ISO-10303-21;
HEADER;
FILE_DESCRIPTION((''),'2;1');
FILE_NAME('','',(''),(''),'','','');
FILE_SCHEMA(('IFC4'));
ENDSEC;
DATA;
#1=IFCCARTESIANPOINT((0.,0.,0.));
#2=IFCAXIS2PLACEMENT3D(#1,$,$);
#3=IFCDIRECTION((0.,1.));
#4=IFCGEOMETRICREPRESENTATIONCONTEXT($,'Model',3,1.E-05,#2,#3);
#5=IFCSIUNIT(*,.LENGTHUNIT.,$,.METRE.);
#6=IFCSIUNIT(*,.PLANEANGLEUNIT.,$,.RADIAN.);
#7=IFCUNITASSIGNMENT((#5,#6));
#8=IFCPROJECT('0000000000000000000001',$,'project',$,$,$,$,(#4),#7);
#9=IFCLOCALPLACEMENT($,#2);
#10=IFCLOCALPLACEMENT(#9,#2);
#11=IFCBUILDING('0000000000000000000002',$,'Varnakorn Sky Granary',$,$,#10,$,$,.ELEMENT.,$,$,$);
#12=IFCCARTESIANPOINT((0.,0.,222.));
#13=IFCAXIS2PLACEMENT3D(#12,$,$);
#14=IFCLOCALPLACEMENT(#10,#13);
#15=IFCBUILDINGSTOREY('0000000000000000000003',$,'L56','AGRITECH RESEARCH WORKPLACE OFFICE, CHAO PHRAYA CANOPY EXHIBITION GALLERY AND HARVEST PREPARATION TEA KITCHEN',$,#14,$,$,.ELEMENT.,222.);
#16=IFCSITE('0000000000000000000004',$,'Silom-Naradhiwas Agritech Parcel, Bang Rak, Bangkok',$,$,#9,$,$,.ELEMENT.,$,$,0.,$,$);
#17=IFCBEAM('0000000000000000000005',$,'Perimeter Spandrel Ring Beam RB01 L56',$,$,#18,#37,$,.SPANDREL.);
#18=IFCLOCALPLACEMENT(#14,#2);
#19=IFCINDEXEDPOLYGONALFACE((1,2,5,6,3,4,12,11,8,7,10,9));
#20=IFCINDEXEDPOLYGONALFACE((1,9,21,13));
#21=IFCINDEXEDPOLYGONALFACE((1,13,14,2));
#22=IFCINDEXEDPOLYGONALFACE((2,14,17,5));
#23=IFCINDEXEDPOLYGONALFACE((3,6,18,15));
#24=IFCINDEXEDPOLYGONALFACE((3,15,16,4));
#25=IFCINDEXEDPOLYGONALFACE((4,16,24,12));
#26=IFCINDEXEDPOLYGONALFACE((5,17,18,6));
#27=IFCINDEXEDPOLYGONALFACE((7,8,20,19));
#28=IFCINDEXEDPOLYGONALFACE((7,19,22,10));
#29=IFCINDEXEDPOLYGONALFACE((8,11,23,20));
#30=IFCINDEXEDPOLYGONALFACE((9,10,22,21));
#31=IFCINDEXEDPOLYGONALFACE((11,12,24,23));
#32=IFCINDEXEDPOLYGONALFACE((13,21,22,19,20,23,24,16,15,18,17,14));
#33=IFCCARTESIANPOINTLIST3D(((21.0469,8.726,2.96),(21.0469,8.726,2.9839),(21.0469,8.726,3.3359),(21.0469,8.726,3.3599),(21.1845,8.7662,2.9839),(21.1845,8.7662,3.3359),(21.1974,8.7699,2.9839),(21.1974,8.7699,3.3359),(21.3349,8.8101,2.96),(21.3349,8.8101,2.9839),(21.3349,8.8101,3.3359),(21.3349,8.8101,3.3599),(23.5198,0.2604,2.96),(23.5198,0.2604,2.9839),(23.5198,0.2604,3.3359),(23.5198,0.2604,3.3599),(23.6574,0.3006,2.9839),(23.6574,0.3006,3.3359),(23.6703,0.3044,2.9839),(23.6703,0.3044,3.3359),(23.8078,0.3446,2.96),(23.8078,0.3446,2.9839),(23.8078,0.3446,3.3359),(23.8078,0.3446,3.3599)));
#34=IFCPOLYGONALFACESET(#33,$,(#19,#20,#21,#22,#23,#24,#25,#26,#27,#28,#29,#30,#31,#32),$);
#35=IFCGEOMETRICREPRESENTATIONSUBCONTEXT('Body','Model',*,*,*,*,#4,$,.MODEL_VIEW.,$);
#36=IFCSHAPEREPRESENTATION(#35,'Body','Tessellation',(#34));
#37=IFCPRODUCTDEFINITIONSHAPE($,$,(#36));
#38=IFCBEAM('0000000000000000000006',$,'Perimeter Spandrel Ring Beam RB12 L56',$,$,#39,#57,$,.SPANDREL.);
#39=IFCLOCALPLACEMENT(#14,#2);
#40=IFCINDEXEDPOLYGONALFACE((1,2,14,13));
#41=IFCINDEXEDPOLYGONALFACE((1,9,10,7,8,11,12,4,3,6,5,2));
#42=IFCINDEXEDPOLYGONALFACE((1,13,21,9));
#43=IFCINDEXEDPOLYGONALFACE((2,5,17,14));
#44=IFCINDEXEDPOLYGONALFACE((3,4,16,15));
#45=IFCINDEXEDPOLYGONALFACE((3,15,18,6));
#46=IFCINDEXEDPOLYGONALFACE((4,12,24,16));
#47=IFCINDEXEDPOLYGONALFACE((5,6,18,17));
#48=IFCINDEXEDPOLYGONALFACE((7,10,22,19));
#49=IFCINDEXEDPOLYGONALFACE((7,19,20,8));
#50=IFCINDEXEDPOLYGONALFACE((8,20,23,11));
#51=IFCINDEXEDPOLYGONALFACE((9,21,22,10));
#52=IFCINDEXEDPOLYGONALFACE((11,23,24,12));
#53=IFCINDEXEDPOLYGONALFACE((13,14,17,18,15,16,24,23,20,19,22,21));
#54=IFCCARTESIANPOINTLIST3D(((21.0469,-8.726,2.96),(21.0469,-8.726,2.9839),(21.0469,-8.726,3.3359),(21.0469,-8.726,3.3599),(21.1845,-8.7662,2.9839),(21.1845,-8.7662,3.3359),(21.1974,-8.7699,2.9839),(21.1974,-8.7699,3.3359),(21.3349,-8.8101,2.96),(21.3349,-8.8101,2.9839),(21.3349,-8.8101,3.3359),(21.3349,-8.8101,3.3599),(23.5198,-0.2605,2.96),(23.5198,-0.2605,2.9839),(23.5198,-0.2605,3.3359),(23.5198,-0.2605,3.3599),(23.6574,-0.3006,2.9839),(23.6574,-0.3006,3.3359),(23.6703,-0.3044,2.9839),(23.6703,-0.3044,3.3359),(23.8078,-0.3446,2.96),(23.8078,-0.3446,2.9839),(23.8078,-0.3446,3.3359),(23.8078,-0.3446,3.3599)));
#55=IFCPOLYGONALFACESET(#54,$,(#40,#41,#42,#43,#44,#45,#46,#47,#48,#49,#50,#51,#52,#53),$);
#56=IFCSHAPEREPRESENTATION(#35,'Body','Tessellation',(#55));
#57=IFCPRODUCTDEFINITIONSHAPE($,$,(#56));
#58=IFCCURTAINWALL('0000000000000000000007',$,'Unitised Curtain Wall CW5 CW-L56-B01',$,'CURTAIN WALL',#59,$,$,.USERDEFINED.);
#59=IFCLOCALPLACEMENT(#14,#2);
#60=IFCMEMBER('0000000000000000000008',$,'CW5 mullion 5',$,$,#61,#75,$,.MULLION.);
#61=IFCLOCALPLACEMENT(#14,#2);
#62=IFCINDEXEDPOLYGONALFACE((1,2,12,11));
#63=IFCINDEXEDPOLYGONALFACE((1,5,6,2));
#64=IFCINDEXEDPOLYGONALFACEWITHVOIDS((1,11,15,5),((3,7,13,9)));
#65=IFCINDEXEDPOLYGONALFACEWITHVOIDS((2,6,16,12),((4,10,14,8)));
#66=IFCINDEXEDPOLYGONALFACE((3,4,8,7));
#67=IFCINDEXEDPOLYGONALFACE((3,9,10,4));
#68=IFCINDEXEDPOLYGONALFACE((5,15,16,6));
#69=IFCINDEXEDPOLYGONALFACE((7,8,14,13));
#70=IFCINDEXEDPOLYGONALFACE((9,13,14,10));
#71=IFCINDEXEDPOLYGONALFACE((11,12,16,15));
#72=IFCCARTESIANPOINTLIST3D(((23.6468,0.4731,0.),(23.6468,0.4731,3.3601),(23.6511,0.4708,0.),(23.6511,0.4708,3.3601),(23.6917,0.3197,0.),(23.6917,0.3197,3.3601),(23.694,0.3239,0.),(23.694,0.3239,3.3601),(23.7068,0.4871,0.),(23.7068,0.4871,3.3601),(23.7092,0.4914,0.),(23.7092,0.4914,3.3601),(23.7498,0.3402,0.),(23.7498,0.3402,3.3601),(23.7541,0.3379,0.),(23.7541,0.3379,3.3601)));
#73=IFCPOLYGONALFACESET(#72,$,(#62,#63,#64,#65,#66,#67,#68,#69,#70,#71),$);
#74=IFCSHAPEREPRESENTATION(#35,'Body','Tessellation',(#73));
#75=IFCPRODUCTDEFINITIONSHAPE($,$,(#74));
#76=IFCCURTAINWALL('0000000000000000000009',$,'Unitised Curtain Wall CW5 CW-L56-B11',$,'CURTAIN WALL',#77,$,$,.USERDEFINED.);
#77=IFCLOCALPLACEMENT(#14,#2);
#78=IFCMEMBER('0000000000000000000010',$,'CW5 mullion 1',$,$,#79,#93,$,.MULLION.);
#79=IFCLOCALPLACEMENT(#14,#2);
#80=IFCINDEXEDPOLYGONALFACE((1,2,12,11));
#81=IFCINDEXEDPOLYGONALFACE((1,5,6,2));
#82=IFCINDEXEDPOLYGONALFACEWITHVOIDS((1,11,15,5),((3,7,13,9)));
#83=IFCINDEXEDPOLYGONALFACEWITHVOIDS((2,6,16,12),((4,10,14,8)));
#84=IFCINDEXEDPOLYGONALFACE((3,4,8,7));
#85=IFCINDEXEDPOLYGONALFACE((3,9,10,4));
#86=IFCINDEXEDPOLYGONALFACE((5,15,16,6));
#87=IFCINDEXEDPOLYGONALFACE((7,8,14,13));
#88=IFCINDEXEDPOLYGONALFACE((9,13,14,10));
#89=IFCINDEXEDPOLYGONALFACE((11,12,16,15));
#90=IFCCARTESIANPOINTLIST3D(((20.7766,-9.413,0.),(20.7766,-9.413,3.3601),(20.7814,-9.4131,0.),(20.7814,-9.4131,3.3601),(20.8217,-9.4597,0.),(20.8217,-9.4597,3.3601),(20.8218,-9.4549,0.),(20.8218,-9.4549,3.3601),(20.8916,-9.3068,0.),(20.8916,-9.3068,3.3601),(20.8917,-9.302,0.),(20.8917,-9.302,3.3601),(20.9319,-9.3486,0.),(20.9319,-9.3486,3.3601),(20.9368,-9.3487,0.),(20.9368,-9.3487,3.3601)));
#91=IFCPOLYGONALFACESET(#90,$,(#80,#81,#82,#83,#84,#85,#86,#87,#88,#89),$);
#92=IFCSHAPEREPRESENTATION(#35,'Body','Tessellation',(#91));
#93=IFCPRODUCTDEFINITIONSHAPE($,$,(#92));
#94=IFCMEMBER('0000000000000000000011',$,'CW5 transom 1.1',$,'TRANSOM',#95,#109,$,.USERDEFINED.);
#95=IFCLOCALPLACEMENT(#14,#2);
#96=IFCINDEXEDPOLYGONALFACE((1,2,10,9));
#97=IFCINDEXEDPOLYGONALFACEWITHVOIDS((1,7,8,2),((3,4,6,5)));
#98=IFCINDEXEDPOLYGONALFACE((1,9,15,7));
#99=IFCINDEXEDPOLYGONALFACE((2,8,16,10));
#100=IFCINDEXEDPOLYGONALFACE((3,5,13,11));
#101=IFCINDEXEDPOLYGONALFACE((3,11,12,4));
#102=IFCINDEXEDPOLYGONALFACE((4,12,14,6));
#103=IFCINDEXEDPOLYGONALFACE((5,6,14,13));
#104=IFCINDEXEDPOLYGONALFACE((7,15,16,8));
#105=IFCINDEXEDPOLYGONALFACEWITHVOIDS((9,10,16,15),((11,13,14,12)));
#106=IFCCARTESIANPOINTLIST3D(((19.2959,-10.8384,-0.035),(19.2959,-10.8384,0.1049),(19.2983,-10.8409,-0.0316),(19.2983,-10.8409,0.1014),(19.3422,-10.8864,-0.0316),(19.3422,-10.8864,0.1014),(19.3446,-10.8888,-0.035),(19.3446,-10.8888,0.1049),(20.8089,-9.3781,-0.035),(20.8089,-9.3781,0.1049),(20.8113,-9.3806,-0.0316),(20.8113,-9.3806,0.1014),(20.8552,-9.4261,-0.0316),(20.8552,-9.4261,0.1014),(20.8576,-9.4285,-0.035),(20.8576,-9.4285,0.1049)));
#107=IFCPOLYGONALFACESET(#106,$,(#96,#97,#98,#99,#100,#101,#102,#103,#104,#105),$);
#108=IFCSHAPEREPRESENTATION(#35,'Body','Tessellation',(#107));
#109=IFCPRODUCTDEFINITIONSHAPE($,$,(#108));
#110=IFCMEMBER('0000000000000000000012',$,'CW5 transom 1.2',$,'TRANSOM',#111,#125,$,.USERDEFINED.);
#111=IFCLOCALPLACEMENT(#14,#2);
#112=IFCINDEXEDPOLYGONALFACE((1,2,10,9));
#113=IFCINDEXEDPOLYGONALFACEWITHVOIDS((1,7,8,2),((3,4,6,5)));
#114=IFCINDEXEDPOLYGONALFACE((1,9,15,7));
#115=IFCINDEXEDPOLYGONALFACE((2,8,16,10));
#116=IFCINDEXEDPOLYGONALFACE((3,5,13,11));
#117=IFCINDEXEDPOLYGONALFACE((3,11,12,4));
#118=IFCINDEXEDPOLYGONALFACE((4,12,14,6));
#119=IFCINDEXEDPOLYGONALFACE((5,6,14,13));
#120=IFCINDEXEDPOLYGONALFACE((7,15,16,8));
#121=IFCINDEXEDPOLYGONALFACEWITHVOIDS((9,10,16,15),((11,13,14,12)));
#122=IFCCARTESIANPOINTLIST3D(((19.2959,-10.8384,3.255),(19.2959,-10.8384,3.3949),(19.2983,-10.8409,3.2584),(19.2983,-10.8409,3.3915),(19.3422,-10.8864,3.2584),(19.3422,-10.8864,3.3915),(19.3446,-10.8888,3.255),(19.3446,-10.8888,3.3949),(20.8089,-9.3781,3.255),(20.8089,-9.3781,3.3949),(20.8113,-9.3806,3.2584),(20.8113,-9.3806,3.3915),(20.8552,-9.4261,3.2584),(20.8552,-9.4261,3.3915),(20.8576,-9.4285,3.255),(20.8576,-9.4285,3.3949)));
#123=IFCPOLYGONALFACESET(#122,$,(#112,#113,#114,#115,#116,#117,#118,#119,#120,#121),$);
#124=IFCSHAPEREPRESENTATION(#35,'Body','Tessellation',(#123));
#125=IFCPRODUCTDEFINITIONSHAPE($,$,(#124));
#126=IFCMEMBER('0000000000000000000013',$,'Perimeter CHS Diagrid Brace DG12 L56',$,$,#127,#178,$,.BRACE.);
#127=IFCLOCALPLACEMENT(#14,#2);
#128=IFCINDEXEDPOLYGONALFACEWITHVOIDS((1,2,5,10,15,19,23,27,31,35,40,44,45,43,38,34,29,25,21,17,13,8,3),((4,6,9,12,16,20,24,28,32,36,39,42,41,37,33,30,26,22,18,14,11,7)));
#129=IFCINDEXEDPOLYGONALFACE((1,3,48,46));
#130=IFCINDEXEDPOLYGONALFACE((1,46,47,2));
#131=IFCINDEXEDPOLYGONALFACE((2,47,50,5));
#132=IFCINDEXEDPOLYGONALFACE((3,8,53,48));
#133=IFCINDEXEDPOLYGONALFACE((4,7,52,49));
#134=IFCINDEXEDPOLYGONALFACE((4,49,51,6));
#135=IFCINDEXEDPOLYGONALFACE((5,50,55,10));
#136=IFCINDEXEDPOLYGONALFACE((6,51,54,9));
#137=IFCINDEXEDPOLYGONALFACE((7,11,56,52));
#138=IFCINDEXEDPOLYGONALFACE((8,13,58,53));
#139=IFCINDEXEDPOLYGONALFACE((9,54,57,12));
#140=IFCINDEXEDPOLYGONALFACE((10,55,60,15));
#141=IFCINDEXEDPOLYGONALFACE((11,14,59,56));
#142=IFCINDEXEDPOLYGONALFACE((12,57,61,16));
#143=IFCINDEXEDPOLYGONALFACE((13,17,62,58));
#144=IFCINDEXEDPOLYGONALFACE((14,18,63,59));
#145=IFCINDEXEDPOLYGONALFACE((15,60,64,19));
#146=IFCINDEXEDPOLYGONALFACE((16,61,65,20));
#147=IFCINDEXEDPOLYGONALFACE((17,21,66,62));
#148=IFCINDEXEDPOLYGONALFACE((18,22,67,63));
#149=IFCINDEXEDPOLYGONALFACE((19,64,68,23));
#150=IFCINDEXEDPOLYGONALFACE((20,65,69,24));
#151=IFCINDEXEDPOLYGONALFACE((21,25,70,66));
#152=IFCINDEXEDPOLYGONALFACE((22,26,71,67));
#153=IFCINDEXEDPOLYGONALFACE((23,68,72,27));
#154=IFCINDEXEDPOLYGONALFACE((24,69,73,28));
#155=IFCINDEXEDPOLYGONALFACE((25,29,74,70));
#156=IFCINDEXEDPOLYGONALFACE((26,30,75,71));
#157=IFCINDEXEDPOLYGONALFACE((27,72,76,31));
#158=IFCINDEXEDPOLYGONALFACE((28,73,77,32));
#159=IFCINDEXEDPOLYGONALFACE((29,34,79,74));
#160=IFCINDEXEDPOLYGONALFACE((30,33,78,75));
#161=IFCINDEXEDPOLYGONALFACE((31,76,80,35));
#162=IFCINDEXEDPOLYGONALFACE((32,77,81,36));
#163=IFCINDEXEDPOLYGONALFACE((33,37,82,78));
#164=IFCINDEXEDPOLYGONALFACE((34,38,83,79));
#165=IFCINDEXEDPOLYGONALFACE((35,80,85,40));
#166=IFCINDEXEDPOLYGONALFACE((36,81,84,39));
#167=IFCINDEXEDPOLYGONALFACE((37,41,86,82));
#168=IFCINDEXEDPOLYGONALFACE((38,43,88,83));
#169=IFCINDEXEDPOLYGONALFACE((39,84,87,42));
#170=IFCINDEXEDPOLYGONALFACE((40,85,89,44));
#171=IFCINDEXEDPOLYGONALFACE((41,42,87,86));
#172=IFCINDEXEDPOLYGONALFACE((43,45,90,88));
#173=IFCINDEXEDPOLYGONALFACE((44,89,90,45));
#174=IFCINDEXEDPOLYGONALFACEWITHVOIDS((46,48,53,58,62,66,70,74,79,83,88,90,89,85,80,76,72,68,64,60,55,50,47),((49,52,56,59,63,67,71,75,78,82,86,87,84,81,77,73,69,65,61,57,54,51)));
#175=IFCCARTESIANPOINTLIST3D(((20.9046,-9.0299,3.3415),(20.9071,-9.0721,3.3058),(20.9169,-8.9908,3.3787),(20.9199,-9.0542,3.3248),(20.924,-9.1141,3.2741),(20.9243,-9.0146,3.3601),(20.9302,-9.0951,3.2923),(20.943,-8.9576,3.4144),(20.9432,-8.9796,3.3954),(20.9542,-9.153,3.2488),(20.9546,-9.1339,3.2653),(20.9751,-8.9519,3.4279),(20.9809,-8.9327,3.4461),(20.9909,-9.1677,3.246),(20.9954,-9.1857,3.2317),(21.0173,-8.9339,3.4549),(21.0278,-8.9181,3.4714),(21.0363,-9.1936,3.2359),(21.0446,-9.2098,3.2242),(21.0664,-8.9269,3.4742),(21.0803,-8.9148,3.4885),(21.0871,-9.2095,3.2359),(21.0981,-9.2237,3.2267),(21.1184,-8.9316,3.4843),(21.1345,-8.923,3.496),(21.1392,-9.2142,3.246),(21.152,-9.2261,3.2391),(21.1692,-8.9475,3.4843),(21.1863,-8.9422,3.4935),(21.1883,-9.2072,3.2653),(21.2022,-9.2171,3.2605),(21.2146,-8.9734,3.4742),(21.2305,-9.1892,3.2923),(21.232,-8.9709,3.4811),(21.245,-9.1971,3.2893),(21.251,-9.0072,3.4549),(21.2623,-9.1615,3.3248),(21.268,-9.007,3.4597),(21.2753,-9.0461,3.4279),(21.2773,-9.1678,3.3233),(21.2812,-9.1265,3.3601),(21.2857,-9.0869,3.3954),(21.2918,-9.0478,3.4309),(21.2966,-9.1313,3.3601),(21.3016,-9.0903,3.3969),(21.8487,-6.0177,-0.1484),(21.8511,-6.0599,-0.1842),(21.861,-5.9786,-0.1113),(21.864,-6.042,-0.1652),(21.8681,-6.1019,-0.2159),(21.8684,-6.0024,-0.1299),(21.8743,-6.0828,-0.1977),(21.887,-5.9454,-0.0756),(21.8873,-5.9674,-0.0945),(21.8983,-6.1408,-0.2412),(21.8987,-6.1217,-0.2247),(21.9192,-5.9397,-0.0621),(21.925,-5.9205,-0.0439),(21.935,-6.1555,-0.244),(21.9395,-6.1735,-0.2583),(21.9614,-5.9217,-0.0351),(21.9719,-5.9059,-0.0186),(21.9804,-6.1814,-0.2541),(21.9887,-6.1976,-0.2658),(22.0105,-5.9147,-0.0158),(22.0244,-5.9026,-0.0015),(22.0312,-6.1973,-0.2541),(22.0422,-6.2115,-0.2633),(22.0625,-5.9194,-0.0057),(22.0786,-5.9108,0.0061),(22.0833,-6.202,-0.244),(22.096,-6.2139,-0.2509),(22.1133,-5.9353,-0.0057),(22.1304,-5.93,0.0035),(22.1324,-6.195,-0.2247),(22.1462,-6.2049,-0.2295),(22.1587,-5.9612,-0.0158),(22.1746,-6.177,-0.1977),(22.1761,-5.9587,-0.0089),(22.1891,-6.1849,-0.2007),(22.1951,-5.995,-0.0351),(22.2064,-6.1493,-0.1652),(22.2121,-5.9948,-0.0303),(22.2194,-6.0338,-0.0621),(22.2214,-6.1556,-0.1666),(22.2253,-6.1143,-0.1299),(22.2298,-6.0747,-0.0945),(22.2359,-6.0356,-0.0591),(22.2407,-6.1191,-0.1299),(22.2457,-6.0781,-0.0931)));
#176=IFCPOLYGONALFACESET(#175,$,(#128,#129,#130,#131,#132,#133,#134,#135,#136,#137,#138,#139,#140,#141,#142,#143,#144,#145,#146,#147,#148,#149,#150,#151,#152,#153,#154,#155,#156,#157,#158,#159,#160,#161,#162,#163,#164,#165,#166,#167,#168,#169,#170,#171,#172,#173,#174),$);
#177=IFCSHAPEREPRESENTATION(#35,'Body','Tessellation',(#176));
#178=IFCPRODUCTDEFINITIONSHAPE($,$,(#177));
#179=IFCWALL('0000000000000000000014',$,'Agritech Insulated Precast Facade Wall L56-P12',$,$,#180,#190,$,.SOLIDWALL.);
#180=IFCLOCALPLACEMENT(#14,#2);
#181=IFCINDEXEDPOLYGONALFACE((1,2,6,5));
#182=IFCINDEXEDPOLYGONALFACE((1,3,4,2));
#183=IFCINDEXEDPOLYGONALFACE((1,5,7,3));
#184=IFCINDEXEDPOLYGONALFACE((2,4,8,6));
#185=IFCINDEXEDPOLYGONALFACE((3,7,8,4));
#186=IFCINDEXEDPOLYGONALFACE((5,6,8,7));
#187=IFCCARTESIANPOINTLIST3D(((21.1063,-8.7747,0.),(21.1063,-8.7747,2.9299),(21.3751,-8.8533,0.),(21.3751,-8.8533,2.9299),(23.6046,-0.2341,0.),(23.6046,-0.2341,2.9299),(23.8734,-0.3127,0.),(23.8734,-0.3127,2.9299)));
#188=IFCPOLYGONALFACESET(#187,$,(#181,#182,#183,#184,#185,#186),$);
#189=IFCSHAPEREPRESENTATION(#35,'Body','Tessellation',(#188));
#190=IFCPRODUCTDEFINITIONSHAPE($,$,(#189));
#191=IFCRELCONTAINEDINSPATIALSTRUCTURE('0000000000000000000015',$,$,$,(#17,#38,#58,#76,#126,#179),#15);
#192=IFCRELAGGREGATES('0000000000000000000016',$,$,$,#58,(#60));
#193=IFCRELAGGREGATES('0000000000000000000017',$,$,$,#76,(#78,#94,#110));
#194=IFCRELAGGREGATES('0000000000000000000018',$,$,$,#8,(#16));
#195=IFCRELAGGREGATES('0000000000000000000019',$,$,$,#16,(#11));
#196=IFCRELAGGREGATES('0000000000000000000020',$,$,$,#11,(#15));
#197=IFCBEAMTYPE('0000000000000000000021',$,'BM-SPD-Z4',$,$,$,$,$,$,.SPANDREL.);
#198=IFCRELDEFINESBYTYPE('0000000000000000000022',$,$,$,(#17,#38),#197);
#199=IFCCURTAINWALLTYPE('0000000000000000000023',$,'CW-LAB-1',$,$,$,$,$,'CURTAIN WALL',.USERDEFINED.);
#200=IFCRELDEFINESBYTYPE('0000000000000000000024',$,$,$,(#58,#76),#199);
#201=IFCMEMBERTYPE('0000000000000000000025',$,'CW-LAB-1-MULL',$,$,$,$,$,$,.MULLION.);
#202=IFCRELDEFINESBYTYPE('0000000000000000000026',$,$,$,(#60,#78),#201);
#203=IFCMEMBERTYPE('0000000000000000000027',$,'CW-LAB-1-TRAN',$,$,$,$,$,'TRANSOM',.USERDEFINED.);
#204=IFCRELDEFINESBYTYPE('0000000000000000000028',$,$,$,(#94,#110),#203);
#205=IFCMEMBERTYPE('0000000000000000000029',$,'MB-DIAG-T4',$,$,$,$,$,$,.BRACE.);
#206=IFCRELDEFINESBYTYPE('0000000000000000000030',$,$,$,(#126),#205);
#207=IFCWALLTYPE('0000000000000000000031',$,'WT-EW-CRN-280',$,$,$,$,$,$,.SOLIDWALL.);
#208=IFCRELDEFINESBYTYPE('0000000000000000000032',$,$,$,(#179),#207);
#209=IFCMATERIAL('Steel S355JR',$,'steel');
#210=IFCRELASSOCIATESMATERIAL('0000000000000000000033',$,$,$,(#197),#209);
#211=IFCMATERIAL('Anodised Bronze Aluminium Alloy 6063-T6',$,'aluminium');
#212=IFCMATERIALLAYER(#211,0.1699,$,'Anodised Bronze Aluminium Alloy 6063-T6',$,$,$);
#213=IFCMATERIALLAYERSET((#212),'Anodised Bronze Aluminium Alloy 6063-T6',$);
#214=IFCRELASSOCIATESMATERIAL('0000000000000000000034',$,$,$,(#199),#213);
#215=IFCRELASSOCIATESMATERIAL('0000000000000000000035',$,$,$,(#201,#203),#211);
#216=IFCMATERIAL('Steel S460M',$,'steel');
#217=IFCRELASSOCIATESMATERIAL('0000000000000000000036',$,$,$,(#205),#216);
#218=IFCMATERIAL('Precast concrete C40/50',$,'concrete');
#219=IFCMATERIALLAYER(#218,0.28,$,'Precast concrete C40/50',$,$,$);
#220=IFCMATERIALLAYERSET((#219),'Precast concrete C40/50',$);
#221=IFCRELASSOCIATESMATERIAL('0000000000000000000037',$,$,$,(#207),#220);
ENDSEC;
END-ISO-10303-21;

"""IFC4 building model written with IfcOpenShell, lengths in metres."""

from ifc_helpers import new_model, si_unit, direction, frame, frame_2d, origin, origin_2d, place, context, subcontext, project, spatial, rectangle, hollow_rectangle, hollow_circle, i_section, extrude, material, layer, layer_set, material_profile, profile_set, type_object, element, aggregate, save


model = new_model("IFC4")

# Units and contexts
model_context = context("Model", 3, precision=1e-05, world=origin(), true_north=direction((0.0, 1.0)))
body_context = subcontext(model_context, "Body", "Model", "MODEL_VIEW")
ifc_project = project(units=[si_unit("LENGTHUNIT", "METRE"), si_unit("PLANEANGLEUNIT", "RADIAN")], contexts=[model_context])

# Site, building, storey
site_placement = place(None, origin())
site = spatial("IfcSite", under=ifc_project, at=site_placement, Name="Silom-Naradhiwas Agritech Parcel, Bang Rak, Bangkok", CompositionType="ELEMENT", RefElevation=0.0)
building_placement = place(site_placement, origin())
building = spatial("IfcBuilding", under=site, at=building_placement, Name="Varnakorn Sky Granary", CompositionType="ELEMENT")
storey_placement = place(building_placement, frame((0.0, 0.0, 222.0)))
storey = spatial("IfcBuildingStorey", under=building, at=storey_placement, Name="L56", Description="AGRITECH RESEARCH WORKPLACE OFFICE, CHAO PHRAYA CANOPY EXHIBITION GALLERY AND HARVEST PREPARATION TEA KITCHEN", CompositionType="ELEMENT", Elevation=222.0)

# Shared definitions
ifc_material_1 = material(Name="Steel S460M", Category="steel")

# Beams
ifc_material_2 = material(Name="Steel S355JR", Category="steel")
ifc_material_profile_1 = material_profile(ifc_material_2, i_section(OverallWidth=0.3, OverallDepth=0.3999, WebThickness=0.0134, FlangeThickness=0.0239, at=origin_2d()), Name="HE 400 B")
ifc_profile_set_1 = profile_set([ifc_material_profile_1], Name="Steel S355JR")
beam_type_1 = type_object("IfcBeamType", Name="BM-SPD-Z4", PredefinedType="SPANDREL", material=ifc_profile_set_1)
for number, where, z_axis, x_axis, name in (
    (1, (23.6638, 0.3025, 3.1599), (-0.280394, 0.959885, 0.0), (-0.959885, -0.280394, 0.0), "Perimeter Spandrel Ring Beam RB01 L56"),
    (2, (21.1909, -8.7681, 3.1599), (0.280394, 0.959885, 0.0), (-0.959885, 0.280394, 0.0), "Perimeter Spandrel Ring Beam RB12 L56"),
):
    element("IfcBeam", number, at=place(storey_placement, frame(where, z_axis=z_axis, x_axis=x_axis)), inside=storey, type_object=beam_type_1, Name=name, PredefinedType="SPANDREL", context=body_context, shape_type="SweptSolid", body=[
        extrude(i_section(OverallWidth=0.3, OverallDepth=0.3999, WebThickness=0.0134, FlangeThickness=0.0239, at=origin_2d()), origin(), (0.0, 0.0, 1.0), 8.8193),
    ])

# Curtain wall, member
ifc_material_3 = material(Name="Anodised Bronze Aluminium Alloy 6063-T6", Category="aluminium")
ifc_layer_1 = layer(ifc_material_3, 0.1699, Name="Anodised Bronze Aluminium Alloy 6063-T6")
ifc_layer_set_1 = layer_set([ifc_layer_1], Name="Anodised Bronze Aluminium Alloy 6063-T6")
curtain_wall_type = type_object("IfcCurtainWallType", Name="CW-LAB-1", ElementType="CURTAIN WALL", PredefinedType="USERDEFINED", material=ifc_layer_set_1)
curtain_wall_1_placement = place(storey_placement, origin())
curtain_wall_1 = element("IfcCurtainWall", 3, at=curtain_wall_1_placement, inside=storey, type_object=curtain_wall_type, Name="Unitised Curtain Wall CW5 CW-L56-B01", ObjectType="CURTAIN WALL", PredefinedType="USERDEFINED")
ifc_material_profile_2 = material_profile(ifc_material_3, hollow_rectangle(XDim=0.0649, YDim=0.1599, WallThickness=0.0034, at=origin_2d()), Name="ALU MULL 65x160")
ifc_profile_set_2 = profile_set([ifc_material_profile_2], Name="Anodised Bronze Aluminium Alloy 6063-T6")
member_type_1 = type_object("IfcMemberType", Name="CW-LAB-1-MULL", PredefinedType="MULLION", material=ifc_profile_set_2)
member_1_placement = place(storey_placement, frame((23.7004, 0.4055, 0.0), z_axis=(0.0, 0.0, 1.0), x_axis=(0.959779, 0.280755, 0.0)))
member_1 = element("IfcMember", 4, at=member_1_placement, type_object=member_type_1, Name="CW5 mullion 5", PredefinedType="MULLION", context=body_context, shape_type="SweptSolid", body=[
    extrude(hollow_rectangle(XDim=0.0649, YDim=0.1599, WallThickness=0.0034, at=origin_2d()), origin(), (0.0, 0.0, 1.0), 3.3601),
])
aggregate(curtain_wall_1, [member_1])

# Curtain wall, members
curtain_wall_2_placement = place(storey_placement, origin())
curtain_wall_2 = element("IfcCurtainWall", 5, at=curtain_wall_2_placement, inside=storey, type_object=curtain_wall_type, Name="Unitised Curtain Wall CW5 CW-L56-B11", ObjectType="CURTAIN WALL", PredefinedType="USERDEFINED")
member_2_placement = place(storey_placement, frame((20.8567, -9.3809, 0.0), z_axis=(0.0, 0.0, 1.0), x_axis=(0.694404, -0.719585, 0.0)))
member_2 = element("IfcMember", 6, at=member_2_placement, type_object=member_type_1, Name="CW5 mullion 1", PredefinedType="MULLION", context=body_context, shape_type="SweptSolid", body=[
    extrude(hollow_rectangle(XDim=0.0649, YDim=0.1599, WallThickness=0.0034, at=origin_2d()), origin(), (0.0, 0.0, 1.0), 3.3601),
])
ifc_material_profile_3 = material_profile(ifc_material_3, hollow_rectangle(XDim=0.0701, YDim=0.1399, WallThickness=0.0034, at=origin_2d()), Name="ALU TRAN 70x140")
ifc_profile_set_3 = profile_set([ifc_material_profile_3], Name="Anodised Bronze Aluminium Alloy 6063-T6")
member_type_2 = type_object("IfcMemberType", Name="CW-LAB-1-TRAN", ElementType="TRANSOM", PredefinedType="USERDEFINED", material=ifc_profile_set_3)
member_3_placement = place(storey_placement, frame((20.8333, -9.4033, 0.0349), z_axis=(-0.719535, -0.694456, 0.0), x_axis=(0.694456, -0.719535, 0.0)))
member_3 = element("IfcMember", 7, at=member_3_placement, type_object=member_type_2, Name="CW5 transom 1.1", ObjectType="TRANSOM", PredefinedType="USERDEFINED", context=body_context, shape_type="SweptSolid", body=[
    extrude(hollow_rectangle(XDim=0.0701, YDim=0.1399, WallThickness=0.0034, at=origin_2d()), origin(), (0.0, 0.0, 1.0), 2.1028),
])
member_4_placement = place(storey_placement, frame((20.8333, -9.4033, 3.325), z_axis=(-0.719535, -0.694456, 0.0), x_axis=(0.694456, -0.719535, 0.0)))
member_4 = element("IfcMember", 8, at=member_4_placement, type_object=member_type_2, Name="CW5 transom 1.2", ObjectType="TRANSOM", PredefinedType="USERDEFINED", context=body_context, shape_type="SweptSolid", body=[
    extrude(hollow_rectangle(XDim=0.0701, YDim=0.1399, WallThickness=0.0034, at=origin_2d()), origin(), (0.0, 0.0, 1.0), 2.1028),
])
aggregate(curtain_wall_2, [member_2, member_3, member_4])

# Member
ifc_material_profile_4 = material_profile(ifc_material_1, hollow_circle(Radius=0.2031, WallThickness=0.0161, at=origin_2d()), Name="CHS 406.4x16")
ifc_profile_set_4 = profile_set([ifc_material_profile_4], Name="Steel S460M")
member_type_3 = type_object("IfcMemberType", Name="MB-DIAG-T4", PredefinedType="BRACE", material=ifc_profile_set_4)
member_5_placement = place(storey_placement, frame((22.0469, -6.0583, -0.1299), z_axis=(-0.200622, -0.640103, 0.741633), x_axis=(0.954229, -0.299076, 0.0)))
element("IfcMember", 9, at=member_5_placement, inside=storey, type_object=member_type_3, Name="Perimeter CHS Diagrid Brace DG12 L56", PredefinedType="BRACE", context=body_context, shape_type="SweptSolid", body=[
    extrude(hollow_circle(Radius=0.2031, WallThickness=0.0161, at=origin_2d()), origin(), (0.0, 0.0, 1.0), 4.7058),
])

# Wall
ifc_material_4 = material(Name="Precast concrete C40/50", Category="concrete")
ifc_layer_2 = layer(ifc_material_4, 0.28, Name="Precast concrete C40/50")
ifc_layer_set_2 = layer_set([ifc_layer_2], Name="Precast concrete C40/50")
wall_type_1 = type_object("IfcWallType", Name="WT-EW-CRN-280", PredefinedType="SOLIDWALL", material=ifc_layer_set_2)
wall_1_placement = place(storey_placement, frame((23.739, -0.2734, 0.0), z_axis=(0.0, 0.0, 1.0), x_axis=(-0.280756, -0.959779, 0.0)))
element("IfcWall", 10, at=wall_1_placement, inside=storey, type_object=wall_type_1, Name="Agritech Insulated Precast Facade Wall L56-P12", PredefinedType="SOLIDWALL", context=body_context, shape_type="SweptSolid", body=[
    extrude(rectangle(XDim=8.8984, YDim=0.28, at=frame_2d((4.4492, 0.0))), origin(), (0.0, 0.0, 1.0), 2.9299),
])

save(model, "model.ifc")
